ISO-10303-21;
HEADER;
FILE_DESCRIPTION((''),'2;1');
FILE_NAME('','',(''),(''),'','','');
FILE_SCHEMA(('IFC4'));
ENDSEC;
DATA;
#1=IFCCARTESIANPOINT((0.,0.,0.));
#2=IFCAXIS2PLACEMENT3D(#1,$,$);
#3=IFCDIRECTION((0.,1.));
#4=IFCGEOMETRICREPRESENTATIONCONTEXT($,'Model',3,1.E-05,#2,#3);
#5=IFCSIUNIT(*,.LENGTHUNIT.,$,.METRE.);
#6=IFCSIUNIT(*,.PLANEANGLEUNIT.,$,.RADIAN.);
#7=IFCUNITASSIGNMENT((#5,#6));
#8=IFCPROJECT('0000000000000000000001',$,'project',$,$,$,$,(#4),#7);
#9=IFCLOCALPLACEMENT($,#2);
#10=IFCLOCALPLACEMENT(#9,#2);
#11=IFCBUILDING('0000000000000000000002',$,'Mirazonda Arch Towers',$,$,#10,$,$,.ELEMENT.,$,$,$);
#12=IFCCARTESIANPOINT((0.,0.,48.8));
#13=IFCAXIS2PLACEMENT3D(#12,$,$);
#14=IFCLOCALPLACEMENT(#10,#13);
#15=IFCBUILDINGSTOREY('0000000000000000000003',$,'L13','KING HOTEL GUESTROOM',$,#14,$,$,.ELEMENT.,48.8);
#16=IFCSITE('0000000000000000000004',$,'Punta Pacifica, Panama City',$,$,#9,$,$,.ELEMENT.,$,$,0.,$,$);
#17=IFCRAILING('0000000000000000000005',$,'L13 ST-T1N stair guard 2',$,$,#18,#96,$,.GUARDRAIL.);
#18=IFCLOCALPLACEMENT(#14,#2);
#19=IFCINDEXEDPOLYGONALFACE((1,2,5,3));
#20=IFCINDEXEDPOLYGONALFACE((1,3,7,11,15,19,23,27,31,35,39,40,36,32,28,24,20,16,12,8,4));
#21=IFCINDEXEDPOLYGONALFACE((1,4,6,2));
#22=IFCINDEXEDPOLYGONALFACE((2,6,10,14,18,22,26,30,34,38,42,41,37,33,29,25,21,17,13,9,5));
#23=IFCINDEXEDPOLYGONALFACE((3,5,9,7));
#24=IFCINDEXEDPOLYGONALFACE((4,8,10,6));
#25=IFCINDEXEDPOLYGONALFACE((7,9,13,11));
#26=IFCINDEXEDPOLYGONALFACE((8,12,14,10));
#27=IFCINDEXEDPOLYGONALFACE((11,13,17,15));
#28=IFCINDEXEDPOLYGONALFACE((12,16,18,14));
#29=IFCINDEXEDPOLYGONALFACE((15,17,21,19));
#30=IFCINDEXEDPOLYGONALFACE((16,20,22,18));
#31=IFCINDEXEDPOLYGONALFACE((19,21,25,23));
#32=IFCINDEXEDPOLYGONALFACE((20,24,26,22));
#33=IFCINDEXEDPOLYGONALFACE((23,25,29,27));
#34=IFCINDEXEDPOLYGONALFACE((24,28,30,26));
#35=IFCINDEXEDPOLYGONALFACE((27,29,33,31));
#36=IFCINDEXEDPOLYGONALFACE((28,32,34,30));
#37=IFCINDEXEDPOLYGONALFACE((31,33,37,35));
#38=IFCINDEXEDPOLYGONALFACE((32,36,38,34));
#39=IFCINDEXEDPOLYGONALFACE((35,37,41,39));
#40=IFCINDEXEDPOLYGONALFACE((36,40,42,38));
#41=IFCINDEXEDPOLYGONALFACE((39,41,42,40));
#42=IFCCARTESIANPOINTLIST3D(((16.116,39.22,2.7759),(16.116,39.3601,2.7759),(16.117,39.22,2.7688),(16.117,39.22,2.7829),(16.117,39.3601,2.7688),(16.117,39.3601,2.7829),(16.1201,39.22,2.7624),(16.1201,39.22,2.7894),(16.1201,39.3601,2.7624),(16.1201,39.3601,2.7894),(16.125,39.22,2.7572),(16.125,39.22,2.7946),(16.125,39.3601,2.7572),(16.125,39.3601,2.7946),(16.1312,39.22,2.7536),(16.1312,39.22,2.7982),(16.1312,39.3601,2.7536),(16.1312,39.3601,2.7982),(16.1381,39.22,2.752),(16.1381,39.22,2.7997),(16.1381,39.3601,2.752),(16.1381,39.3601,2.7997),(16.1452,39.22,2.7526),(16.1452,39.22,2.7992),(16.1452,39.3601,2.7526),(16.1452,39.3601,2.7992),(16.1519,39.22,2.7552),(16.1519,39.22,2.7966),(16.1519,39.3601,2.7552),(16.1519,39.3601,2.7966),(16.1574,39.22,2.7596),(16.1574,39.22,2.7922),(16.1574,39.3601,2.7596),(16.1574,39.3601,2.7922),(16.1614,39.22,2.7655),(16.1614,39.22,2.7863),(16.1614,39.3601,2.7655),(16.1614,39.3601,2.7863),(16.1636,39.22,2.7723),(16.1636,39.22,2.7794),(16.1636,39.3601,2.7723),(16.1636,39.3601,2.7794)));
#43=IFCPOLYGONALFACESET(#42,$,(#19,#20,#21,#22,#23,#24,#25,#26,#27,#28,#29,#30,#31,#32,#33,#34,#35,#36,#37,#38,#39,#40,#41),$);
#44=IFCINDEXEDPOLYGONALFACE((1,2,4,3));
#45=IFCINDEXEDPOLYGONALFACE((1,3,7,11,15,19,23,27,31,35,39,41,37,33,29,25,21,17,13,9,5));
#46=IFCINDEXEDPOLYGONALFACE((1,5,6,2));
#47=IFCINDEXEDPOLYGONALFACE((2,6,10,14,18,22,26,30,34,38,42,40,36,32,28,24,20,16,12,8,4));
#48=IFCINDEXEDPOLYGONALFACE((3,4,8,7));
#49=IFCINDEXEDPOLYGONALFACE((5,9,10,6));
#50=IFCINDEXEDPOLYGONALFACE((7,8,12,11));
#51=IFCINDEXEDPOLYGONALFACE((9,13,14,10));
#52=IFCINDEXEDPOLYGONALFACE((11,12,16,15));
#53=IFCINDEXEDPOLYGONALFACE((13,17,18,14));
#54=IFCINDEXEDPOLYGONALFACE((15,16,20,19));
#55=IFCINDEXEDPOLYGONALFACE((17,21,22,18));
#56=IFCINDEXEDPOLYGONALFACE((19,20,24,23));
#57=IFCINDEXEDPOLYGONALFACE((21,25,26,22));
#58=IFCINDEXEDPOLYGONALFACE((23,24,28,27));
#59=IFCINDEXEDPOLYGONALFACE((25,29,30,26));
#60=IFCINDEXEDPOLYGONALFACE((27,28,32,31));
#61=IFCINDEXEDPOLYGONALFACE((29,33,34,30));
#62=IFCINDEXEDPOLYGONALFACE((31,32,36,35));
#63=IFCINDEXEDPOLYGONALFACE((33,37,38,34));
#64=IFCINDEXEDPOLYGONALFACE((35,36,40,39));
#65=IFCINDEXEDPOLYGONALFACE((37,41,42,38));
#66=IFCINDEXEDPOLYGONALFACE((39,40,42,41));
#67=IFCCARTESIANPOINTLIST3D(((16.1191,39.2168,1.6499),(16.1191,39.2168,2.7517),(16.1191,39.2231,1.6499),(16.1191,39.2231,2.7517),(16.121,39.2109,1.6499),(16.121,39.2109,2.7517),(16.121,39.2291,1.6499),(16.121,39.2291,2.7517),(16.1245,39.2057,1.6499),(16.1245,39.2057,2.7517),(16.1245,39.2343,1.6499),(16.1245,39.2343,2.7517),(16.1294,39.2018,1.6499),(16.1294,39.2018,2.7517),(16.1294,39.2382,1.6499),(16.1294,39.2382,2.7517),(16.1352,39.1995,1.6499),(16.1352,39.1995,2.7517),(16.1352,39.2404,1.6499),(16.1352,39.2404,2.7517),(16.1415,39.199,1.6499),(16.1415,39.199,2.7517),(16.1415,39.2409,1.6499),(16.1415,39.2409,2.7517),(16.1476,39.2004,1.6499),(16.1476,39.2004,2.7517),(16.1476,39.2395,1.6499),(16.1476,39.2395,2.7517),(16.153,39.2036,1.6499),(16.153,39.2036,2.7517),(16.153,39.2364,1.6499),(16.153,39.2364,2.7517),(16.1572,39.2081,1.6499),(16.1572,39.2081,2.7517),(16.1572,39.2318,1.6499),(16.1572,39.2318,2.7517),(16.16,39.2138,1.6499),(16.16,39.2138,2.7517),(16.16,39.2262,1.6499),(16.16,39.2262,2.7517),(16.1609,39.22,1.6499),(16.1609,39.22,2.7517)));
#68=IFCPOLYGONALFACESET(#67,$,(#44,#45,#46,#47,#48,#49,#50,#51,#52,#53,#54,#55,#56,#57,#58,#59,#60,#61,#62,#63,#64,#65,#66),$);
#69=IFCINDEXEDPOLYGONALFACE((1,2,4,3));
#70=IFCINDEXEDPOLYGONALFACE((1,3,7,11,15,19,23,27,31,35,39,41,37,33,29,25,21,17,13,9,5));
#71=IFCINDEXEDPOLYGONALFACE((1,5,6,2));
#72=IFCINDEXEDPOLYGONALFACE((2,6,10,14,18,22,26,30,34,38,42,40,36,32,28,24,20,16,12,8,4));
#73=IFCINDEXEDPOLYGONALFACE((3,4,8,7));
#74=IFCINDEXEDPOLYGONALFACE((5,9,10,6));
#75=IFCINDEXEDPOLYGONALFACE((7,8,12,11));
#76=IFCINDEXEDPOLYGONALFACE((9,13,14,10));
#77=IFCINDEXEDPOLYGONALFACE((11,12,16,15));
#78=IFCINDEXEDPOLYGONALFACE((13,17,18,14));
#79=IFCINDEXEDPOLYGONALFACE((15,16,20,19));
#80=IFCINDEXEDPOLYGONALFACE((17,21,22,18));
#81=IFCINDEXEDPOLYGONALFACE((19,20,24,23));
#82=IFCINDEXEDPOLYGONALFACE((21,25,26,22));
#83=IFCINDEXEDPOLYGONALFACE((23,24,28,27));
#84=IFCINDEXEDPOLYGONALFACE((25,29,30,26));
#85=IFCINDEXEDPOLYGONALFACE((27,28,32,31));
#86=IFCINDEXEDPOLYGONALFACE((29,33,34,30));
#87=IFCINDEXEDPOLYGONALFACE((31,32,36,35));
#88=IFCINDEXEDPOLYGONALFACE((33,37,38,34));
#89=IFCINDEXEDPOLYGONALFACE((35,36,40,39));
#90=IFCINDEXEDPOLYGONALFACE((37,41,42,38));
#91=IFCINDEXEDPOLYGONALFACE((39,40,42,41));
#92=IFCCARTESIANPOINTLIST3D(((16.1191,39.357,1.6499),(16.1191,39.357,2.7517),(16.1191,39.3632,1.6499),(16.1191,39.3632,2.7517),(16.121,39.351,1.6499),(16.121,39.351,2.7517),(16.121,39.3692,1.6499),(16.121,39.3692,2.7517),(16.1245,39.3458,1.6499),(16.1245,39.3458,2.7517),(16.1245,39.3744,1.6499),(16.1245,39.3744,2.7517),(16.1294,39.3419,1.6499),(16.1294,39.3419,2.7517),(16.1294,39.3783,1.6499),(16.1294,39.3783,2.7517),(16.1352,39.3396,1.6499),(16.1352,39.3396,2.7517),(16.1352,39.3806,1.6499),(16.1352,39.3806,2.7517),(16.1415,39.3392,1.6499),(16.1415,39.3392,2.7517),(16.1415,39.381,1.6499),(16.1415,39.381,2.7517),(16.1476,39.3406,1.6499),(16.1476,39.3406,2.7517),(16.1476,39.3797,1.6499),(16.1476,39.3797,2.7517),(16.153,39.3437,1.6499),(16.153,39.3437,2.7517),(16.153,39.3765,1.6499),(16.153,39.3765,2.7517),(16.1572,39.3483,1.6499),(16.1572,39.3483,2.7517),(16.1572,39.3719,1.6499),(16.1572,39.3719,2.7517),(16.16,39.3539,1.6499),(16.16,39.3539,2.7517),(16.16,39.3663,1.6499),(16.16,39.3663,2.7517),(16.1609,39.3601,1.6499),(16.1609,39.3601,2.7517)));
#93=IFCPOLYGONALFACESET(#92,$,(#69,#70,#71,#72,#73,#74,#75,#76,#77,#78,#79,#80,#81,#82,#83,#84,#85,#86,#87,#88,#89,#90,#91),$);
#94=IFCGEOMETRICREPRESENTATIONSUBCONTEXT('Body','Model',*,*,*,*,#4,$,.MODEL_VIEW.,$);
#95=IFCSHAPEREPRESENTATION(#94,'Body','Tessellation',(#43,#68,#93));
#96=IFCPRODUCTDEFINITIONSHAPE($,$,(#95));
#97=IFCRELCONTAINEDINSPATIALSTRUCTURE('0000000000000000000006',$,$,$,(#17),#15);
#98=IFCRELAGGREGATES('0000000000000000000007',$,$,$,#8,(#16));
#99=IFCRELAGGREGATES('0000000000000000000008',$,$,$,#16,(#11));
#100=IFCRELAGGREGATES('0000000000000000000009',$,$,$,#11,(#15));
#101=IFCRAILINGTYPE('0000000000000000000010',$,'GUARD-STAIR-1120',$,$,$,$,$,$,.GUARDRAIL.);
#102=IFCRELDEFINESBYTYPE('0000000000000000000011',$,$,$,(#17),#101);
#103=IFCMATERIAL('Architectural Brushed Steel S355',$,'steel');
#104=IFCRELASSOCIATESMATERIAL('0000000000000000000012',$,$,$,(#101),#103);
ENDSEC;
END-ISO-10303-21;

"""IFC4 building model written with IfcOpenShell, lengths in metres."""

from ifc_helpers import new_model, si_unit, direction, frame, origin, origin_2d, place, context, subcontext, project, spatial, circle, extrude, material, type_object, element, save


model = new_model("IFC4")

# Units and contexts
model_context = context("Model", 3, precision=1e-05, world=origin(), true_north=direction((0.0, 1.0)))
body_context = subcontext(model_context, "Body", "Model", "MODEL_VIEW")
ifc_project = project(units=[si_unit("LENGTHUNIT", "METRE"), si_unit("PLANEANGLEUNIT", "RADIAN")], contexts=[model_context])

# Site, building, storey
site_placement = place(None, origin())
site = spatial("IfcSite", under=ifc_project, at=site_placement, Name="Punta Pacifica, Panama City", CompositionType="ELEMENT", RefElevation=0.0)
building_placement = place(site_placement, origin())
building = spatial("IfcBuilding", under=site, at=building_placement, Name="Mirazonda Arch Towers", CompositionType="ELEMENT")
storey_placement = place(building_placement, frame((0.0, 0.0, 48.8)))
storey = spatial("IfcBuildingStorey", under=building, at=storey_placement, Name="L13", Description="KING HOTEL GUESTROOM", CompositionType="ELEMENT", Elevation=48.8)

# Shared definitions
ifc_material_1 = material(Name="Architectural Brushed Steel S355", Category="steel")

# Railing
railing_type_1 = type_object("IfcRailingType", Name="GUARD-STAIR-1120", PredefinedType="GUARDRAIL", material=ifc_material_1)
railing_1_placement = place(storey_placement, frame((16.1399, 39.22, 1.6499)))
element("IfcRailing", 1, at=railing_1_placement, inside=storey, type_object=railing_type_1, Name="L13 ST-T1N stair guard 2", PredefinedType="GUARDRAIL", context=body_context, shape_type="SweptSolid", body=[
    extrude(circle(Radius=0.0239, at=origin_2d()), frame((0.0, 0.0, 1.126), z_axis=(0.0, 1.0, 0.0), x_axis=(-1.0, 0.0, 0.0)), (0.0, 0.0, 1.0), 0.1401),
    extrude(circle(Radius=0.021, at=origin_2d()), origin(), (0.0, 0.0, 1.0), 1.1018),
    extrude(circle(Radius=0.021, at=origin_2d()), frame((0.0, 0.1401, 0.0)), (0.0, 0.0, 1.0), 1.1018),
])

save(model, "model.ifc")
